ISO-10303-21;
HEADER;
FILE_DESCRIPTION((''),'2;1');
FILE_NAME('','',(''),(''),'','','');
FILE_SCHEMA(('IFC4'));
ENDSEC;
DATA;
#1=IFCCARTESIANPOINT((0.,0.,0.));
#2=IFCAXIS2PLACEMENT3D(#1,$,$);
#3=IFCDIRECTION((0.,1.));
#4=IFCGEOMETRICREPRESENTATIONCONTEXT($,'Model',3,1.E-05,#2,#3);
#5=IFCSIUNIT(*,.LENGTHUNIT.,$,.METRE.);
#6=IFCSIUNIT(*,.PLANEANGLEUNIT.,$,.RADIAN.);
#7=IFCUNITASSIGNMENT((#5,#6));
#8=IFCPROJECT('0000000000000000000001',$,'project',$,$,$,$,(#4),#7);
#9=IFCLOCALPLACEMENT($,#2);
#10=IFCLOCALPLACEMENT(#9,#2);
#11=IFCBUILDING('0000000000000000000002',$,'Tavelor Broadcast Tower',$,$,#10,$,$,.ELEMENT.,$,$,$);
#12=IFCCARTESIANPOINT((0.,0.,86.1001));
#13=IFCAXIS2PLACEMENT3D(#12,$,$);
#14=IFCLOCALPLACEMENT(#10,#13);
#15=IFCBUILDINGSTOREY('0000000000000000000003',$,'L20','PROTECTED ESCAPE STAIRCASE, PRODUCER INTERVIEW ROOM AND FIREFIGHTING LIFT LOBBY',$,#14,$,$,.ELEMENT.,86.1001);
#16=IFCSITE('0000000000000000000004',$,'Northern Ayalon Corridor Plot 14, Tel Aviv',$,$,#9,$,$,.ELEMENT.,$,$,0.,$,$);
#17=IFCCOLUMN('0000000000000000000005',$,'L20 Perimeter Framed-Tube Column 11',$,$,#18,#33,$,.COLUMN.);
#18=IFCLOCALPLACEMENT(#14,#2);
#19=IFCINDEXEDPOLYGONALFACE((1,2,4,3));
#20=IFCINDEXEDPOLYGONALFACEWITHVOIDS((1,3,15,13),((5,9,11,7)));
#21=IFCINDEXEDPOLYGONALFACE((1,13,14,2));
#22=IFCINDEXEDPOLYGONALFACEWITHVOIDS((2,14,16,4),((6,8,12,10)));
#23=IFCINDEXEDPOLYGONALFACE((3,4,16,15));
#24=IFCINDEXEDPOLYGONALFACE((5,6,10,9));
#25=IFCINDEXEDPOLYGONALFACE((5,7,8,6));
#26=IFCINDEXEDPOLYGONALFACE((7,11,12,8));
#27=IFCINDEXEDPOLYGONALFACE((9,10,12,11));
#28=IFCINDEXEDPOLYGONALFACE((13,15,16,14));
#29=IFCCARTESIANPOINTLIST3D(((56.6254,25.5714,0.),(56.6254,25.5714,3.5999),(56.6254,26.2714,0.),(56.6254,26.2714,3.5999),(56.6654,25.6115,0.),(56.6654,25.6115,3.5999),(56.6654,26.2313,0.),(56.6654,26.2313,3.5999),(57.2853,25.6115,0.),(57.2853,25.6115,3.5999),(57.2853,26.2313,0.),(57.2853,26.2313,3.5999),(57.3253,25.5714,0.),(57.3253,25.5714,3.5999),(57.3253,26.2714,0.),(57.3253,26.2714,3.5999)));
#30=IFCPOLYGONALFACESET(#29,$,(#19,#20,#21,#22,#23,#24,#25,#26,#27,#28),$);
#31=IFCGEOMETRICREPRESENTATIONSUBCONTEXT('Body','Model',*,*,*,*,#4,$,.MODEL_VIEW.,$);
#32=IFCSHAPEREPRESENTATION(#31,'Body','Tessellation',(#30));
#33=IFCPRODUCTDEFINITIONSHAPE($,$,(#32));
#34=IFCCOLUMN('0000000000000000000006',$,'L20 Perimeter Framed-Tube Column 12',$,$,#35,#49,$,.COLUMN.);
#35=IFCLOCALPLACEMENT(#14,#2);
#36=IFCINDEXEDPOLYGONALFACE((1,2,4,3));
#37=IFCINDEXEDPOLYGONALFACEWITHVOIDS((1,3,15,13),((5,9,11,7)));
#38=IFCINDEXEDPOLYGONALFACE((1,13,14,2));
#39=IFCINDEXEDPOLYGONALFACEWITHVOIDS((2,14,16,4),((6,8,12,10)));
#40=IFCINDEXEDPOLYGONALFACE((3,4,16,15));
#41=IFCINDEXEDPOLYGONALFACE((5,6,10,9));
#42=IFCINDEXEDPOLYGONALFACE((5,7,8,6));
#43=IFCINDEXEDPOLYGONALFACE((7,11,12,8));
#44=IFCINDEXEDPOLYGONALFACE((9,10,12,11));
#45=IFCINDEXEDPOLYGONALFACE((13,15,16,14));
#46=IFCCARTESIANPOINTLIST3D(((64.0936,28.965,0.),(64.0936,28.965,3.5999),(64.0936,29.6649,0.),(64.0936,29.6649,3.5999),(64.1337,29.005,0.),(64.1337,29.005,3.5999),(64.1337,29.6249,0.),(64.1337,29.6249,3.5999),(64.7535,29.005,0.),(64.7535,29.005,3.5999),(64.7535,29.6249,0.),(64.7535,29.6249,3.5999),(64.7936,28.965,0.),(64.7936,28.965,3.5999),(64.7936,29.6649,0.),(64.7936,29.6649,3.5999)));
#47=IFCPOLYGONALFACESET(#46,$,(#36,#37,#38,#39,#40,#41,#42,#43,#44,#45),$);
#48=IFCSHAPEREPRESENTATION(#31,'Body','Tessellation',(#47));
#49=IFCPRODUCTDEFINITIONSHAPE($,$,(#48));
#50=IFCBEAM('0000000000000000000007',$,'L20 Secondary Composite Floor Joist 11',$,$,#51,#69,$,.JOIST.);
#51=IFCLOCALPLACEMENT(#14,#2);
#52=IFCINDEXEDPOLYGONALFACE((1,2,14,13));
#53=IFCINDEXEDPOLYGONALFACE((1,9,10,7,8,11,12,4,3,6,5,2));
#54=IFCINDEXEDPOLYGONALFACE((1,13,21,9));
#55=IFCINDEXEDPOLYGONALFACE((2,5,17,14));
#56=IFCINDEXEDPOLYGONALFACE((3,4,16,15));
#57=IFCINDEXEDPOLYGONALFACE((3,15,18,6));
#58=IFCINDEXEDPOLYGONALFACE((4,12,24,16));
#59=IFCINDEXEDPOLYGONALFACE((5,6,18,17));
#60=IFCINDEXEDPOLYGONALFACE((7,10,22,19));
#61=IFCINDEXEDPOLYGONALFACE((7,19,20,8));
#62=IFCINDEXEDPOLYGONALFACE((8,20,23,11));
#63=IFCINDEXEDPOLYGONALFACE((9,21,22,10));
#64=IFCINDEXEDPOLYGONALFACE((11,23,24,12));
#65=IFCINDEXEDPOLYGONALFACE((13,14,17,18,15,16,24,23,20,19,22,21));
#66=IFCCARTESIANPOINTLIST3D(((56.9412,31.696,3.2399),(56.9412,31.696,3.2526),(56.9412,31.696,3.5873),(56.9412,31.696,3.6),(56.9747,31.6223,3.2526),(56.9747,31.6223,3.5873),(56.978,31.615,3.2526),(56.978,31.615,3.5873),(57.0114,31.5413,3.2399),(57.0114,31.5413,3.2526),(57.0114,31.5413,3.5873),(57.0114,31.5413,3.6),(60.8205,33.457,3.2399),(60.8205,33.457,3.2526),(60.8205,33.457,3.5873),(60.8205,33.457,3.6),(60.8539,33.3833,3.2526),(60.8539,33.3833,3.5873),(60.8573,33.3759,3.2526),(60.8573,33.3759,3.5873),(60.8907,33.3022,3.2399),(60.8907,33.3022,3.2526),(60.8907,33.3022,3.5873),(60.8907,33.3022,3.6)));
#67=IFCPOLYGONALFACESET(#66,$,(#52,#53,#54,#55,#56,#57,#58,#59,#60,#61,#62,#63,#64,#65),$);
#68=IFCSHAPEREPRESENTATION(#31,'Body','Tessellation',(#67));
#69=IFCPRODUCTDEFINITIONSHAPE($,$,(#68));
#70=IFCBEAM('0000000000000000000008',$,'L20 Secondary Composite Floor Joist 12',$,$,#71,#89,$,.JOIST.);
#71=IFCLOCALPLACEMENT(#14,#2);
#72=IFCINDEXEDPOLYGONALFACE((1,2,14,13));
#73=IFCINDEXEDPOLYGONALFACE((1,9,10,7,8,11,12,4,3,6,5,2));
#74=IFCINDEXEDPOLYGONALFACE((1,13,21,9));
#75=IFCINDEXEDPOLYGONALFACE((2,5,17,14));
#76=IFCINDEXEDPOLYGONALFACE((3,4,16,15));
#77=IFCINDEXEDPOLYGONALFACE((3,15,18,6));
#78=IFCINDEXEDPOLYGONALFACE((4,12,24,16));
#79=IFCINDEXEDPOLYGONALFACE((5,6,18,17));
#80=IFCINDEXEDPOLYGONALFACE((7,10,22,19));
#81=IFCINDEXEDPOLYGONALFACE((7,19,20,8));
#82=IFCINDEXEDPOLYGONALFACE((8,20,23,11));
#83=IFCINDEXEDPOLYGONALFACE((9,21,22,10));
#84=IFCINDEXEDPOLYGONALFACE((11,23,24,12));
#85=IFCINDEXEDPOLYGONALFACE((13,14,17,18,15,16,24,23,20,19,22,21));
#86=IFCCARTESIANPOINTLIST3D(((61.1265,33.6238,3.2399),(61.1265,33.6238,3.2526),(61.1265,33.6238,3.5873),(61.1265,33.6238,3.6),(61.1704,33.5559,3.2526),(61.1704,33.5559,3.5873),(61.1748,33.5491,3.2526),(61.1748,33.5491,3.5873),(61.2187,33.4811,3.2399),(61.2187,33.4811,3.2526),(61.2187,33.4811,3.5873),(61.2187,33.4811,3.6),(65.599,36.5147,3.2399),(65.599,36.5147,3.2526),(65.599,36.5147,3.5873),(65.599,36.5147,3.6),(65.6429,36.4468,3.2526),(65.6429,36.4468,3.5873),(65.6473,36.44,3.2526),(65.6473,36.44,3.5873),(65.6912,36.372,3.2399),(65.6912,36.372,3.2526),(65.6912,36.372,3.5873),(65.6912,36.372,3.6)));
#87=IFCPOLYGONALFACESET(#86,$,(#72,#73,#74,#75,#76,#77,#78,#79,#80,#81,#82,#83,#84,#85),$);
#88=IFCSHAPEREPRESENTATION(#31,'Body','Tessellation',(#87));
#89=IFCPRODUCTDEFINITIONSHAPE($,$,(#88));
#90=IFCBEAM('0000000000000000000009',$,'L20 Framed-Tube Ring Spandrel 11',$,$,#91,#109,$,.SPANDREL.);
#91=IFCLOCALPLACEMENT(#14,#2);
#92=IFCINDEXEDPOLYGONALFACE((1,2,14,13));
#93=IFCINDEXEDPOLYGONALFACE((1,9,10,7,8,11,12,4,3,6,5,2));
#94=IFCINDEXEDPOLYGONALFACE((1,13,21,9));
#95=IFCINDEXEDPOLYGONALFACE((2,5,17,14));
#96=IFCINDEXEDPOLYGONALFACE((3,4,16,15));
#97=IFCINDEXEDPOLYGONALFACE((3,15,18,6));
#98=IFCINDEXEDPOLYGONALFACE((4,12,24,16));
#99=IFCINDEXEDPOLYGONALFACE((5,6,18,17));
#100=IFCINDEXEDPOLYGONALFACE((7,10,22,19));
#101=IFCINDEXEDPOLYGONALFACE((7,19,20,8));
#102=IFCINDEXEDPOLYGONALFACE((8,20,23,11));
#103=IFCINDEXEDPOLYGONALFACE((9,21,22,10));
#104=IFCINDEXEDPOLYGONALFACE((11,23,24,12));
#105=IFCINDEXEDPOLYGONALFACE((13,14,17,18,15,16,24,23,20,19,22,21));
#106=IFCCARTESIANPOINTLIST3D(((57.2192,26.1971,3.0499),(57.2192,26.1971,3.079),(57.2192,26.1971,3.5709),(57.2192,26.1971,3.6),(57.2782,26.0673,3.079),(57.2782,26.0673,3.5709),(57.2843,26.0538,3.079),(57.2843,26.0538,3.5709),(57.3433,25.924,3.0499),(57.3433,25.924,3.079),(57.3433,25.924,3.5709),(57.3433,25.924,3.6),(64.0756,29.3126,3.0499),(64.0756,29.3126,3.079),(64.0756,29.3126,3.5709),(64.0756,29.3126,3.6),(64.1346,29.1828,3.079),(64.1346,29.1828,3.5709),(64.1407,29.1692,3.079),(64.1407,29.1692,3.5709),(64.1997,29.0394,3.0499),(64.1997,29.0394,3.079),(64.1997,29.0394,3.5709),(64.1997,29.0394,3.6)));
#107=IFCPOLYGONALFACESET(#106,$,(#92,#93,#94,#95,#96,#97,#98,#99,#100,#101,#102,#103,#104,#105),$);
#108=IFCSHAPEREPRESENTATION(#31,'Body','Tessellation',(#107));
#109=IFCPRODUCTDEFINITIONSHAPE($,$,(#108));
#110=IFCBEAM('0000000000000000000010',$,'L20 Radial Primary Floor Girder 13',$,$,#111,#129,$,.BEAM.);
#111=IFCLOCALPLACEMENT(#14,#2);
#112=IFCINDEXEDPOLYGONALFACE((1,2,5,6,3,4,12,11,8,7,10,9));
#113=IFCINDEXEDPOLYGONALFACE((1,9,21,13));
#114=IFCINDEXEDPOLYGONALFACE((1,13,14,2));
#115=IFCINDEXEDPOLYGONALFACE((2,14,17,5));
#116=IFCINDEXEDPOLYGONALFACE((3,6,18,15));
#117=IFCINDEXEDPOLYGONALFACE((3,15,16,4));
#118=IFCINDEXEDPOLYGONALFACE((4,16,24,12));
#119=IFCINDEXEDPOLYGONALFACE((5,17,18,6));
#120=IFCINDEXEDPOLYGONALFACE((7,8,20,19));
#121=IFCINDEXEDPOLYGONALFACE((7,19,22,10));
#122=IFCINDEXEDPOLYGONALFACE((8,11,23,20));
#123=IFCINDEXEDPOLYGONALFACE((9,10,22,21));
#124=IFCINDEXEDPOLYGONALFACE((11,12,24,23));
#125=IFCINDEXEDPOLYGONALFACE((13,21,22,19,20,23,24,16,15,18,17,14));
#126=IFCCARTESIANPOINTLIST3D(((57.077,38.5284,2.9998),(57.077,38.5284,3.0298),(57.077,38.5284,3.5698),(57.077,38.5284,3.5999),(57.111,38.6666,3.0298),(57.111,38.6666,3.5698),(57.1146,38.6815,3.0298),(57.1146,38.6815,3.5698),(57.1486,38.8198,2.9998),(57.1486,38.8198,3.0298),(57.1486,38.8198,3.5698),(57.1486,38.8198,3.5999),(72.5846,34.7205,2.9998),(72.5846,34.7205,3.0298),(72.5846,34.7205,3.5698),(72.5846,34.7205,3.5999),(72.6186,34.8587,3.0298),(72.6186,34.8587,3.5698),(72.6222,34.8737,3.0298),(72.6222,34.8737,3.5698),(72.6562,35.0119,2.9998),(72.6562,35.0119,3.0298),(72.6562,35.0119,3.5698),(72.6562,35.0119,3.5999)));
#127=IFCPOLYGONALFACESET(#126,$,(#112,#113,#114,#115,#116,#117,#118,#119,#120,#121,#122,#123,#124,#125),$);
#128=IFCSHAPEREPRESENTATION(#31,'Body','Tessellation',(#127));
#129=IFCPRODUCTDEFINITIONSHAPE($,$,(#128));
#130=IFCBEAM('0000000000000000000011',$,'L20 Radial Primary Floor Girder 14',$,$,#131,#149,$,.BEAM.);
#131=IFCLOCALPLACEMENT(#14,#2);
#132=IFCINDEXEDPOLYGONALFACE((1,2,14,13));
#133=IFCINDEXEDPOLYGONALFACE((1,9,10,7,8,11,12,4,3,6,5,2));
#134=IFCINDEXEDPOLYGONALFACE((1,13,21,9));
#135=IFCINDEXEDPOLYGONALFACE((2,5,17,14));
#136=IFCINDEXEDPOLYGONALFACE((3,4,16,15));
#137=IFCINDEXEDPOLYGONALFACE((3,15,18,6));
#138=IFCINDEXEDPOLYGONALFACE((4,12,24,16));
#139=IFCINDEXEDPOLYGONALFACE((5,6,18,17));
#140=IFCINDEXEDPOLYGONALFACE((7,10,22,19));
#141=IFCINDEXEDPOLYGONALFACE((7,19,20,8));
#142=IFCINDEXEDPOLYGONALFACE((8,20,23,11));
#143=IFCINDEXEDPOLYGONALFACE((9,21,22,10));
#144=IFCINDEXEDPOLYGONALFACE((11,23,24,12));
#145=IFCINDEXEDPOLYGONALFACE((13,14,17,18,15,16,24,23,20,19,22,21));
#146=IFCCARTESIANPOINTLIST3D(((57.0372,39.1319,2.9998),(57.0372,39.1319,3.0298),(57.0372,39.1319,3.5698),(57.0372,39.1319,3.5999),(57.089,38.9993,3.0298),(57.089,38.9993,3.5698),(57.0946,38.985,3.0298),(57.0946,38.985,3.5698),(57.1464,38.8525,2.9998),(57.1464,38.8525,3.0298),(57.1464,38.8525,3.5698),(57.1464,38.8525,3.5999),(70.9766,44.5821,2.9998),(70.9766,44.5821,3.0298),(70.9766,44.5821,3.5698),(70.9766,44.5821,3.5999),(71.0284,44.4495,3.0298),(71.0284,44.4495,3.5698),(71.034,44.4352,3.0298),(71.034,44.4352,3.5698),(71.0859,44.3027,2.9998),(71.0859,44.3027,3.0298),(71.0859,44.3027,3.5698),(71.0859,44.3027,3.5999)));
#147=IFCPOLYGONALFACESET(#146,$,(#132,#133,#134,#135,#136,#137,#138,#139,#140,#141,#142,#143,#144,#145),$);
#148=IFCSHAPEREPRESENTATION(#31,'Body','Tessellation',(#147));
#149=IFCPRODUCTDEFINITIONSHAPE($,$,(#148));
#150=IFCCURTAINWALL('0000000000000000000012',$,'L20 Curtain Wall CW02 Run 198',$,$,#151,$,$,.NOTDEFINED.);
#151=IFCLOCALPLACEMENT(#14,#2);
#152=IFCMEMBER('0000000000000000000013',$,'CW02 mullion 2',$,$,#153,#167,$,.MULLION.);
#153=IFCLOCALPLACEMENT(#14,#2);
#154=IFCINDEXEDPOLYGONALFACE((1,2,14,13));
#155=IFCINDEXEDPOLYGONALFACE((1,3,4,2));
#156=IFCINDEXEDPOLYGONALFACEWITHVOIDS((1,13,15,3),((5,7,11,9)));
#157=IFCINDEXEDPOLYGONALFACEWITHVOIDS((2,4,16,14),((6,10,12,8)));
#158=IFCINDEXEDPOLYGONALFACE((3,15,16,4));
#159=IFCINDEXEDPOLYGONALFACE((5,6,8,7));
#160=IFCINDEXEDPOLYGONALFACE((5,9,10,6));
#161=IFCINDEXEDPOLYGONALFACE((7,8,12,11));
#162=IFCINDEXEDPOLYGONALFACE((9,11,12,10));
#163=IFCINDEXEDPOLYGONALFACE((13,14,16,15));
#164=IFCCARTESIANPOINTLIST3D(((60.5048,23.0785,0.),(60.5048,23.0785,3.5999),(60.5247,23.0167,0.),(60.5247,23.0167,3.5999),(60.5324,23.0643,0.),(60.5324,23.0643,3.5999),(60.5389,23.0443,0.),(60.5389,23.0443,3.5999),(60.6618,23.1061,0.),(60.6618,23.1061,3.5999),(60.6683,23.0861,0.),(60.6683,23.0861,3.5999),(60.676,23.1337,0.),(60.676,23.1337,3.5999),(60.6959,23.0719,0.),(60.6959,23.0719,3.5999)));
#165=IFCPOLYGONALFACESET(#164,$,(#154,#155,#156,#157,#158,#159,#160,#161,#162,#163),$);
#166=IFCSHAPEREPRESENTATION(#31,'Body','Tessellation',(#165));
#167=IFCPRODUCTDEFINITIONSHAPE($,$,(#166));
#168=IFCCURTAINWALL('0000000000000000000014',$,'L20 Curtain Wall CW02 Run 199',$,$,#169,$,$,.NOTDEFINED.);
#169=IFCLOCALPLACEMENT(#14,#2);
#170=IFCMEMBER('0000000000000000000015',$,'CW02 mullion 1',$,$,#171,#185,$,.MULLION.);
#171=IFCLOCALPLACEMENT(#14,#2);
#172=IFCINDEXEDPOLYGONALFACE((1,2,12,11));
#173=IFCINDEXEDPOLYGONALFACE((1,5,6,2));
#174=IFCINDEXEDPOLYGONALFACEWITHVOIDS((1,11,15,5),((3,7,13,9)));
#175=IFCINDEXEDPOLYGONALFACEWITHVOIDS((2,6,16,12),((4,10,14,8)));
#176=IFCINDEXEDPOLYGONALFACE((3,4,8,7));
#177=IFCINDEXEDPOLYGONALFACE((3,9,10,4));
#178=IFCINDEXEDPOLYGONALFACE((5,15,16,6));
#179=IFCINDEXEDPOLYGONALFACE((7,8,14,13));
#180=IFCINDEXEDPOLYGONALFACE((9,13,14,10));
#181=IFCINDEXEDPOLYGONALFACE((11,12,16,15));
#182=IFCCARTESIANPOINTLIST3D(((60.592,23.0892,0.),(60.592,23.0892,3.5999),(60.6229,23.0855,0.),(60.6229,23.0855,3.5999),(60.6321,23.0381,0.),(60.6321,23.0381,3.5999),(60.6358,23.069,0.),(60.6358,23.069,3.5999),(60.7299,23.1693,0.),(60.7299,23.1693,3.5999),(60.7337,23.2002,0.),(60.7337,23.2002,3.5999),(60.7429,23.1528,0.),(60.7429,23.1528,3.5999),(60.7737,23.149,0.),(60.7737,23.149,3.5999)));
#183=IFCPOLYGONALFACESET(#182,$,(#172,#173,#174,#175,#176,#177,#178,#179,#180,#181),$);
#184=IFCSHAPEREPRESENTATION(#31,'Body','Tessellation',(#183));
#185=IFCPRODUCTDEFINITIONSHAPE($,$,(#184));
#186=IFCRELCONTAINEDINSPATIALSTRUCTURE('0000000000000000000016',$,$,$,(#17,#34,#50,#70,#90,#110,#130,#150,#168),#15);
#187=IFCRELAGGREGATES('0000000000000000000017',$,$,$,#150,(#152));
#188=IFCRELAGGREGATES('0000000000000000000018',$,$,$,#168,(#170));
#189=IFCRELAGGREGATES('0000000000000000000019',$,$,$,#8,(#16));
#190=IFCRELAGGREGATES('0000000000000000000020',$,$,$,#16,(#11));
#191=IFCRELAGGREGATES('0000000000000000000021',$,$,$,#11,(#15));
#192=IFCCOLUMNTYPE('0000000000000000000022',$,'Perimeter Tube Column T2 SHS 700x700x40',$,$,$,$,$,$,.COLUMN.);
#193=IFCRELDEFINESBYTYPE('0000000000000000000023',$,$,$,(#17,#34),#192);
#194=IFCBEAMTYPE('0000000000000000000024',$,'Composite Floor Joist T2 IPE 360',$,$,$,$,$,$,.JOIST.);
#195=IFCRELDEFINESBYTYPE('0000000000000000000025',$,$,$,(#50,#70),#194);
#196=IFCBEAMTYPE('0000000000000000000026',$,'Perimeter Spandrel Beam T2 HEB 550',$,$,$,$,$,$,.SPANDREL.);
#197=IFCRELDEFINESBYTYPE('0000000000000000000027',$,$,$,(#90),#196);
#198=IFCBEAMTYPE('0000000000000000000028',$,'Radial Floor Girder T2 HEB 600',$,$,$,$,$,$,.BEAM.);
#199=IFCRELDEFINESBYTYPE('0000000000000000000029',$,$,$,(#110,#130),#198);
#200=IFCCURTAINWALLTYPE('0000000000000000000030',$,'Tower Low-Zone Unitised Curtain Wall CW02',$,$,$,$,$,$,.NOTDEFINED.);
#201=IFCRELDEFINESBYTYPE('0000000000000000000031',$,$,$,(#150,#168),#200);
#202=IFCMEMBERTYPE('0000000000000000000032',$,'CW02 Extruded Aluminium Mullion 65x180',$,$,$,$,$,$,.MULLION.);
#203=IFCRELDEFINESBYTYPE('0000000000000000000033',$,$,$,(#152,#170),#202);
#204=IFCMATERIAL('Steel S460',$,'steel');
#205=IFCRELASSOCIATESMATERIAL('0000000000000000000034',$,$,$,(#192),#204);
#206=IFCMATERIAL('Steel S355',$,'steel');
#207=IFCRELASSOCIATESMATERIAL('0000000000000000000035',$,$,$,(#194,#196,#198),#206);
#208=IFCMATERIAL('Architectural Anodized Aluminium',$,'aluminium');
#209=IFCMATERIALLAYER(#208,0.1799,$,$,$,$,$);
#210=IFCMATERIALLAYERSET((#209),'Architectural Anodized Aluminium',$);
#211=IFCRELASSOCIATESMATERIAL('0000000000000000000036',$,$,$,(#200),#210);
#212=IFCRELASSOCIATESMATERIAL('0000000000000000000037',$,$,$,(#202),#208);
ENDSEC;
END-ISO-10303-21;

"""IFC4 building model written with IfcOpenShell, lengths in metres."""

from ifc_helpers import new_model, si_unit, direction, frame, origin, origin_2d, place, context, subcontext, project, spatial, hollow_rectangle, i_section, extrude, source, transform, mapped, material, layer, layer_set, material_profile, profile_set, type_object, type_shapes, element, aggregate, save


model = new_model("IFC4")

# Units and contexts
model_context = context("Model", 3, precision=1e-05, world=origin(), true_north=direction((0.0, 1.0)))
body_context = subcontext(model_context, "Body", "Model", "MODEL_VIEW")
ifc_project = project(units=[si_unit("LENGTHUNIT", "METRE"), si_unit("PLANEANGLEUNIT", "RADIAN")], contexts=[model_context])

# Site, building, storey
site_placement = place(None, origin())
site = spatial("IfcSite", under=ifc_project, at=site_placement, Name="Northern Ayalon Corridor Plot 14, Tel Aviv", CompositionType="ELEMENT", RefElevation=0.0)
building_placement = place(site_placement, origin())
building = spatial("IfcBuilding", under=site, at=building_placement, Name="Tavelor Broadcast Tower", CompositionType="ELEMENT")
storey_placement = place(building_placement, frame((0.0, 0.0, 86.1001)))
storey = spatial("IfcBuildingStorey", under=building, at=storey_placement, Name="L20", Description="PROTECTED ESCAPE STAIRCASE, PRODUCER INTERVIEW ROOM AND FIREFIGHTING LIFT LOBBY", CompositionType="ELEMENT", Elevation=86.1001)

# Columns
ifc_material_1 = material(Name="Steel S460", Category="steel")
ifc_material_profile_1 = material_profile(ifc_material_1, hollow_rectangle(XDim=0.7, YDim=0.7, WallThickness=0.04, at=origin_2d()), Name="SHS 700x700x40")
ifc_profile_set_1 = profile_set([ifc_material_profile_1], Name="Steel S460")
column_type = type_object("IfcColumnType", Name="Perimeter Tube Column T2 SHS 700x700x40", PredefinedType="COLUMN", material=ifc_profile_set_1)
for number, where, z_axis, x_axis, name in (
    (1, (56.9753, 25.9214, 0.0), (0.0, 0.0, 1.0), (1.0, 0.0, 0.0), "L20 Perimeter Framed-Tube Column 11"),
    (2, (64.4436, 29.3149, 0.0), (0.0, 0.0, 1.0), (1.0, 0.0, 0.0), "L20 Perimeter Framed-Tube Column 12"),
):
    element("IfcColumn", number, at=place(storey_placement, frame(where, z_axis=z_axis, x_axis=x_axis)), inside=storey, type_object=column_type, Name=name, PredefinedType="COLUMN", context=body_context, shape_type="SweptSolid", body=[
        extrude(hollow_rectangle(XDim=0.7, YDim=0.7, WallThickness=0.04, at=origin_2d()), origin(), (0.0, 0.0, 1.0), 3.5999),
    ])

# Beams
ifc_material_2 = material(Name="Steel S355", Category="steel")
ifc_material_profile_2 = material_profile(ifc_material_2, i_section(OverallWidth=0.1699, OverallDepth=0.3601, WebThickness=0.0081, FlangeThickness=0.0127, at=origin_2d()), Name="IPE 360")
ifc_profile_set_2 = profile_set([ifc_material_profile_2], Name="Steel S355")
beam_type_1 = type_object("IfcBeamType", Name="Composite Floor Joist T2 IPE 360", PredefinedType="JOIST", material=ifc_profile_set_2)
beam_1_placement = place(storey_placement, frame((56.9763, 31.6187, 3.4199), z_axis=(0.910576, 0.413341, 0.0), x_axis=(-0.413341, 0.910576, 0.0)))
element("IfcBeam", 3, at=beam_1_placement, inside=storey, type_object=beam_type_1, Name="L20 Secondary Composite Floor Joist 11", PredefinedType="JOIST", context=body_context, shape_type="SweptSolid", body=[
    extrude(i_section(OverallWidth=0.1699, OverallDepth=0.3601, WebThickness=0.0081, FlangeThickness=0.0127, at=origin_2d()), origin(), (0.0, 0.0, 1.0), 4.2603),
])
beam_2_placement = place(storey_placement, frame((61.1726, 33.5525, 3.4199), z_axis=(0.839831, 0.542848, 0.0), x_axis=(-0.542848, 0.839831, 0.0)))
element("IfcBeam", 4, at=beam_2_placement, inside=storey, type_object=beam_type_1, Name="L20 Secondary Composite Floor Joist 12", PredefinedType="JOIST", context=body_context, shape_type="SweptSolid", body=[
    extrude(i_section(OverallWidth=0.1699, OverallDepth=0.3601, WebThickness=0.0081, FlangeThickness=0.0127, at=origin_2d()), origin(), (0.0, 0.0, 1.0), 5.3254),
])
ifc_material_profile_3 = material_profile(ifc_material_2, i_section(OverallWidth=0.3, OverallDepth=0.55, WebThickness=0.0149, FlangeThickness=0.0291, at=origin_2d()), Name="HEB 550")
ifc_profile_set_3 = profile_set([ifc_material_profile_3], Name="Steel S355")
beam_type_2 = type_object("IfcBeamType", Name="Perimeter Spandrel Beam T2 HEB 550", PredefinedType="SPANDREL", material=ifc_profile_set_3)
beam_3_placement = place(storey_placement, frame((57.2812, 26.0605, 3.325), z_axis=(0.910421, 0.413683, 0.0), x_axis=(-0.413683, 0.910421, 0.0)))
element("IfcBeam", 5, at=beam_3_placement, inside=storey, type_object=beam_type_2, Name="L20 Framed-Tube Ring Spandrel 11", PredefinedType="SPANDREL", context=body_context, shape_type="SweptSolid", body=[
    extrude(i_section(OverallWidth=0.3, OverallDepth=0.55, WebThickness=0.0149, FlangeThickness=0.0291, at=origin_2d()), origin(), (0.0, 0.0, 1.0), 7.531),
])
ifc_material_profile_4 = material_profile(ifc_material_2, i_section(OverallWidth=0.3, OverallDepth=0.6001, WebThickness=0.0154, FlangeThickness=0.03, at=origin_2d()), Name="HEB 600")
ifc_profile_set_4 = profile_set([ifc_material_profile_4], Name="Steel S355")
beam_type_3 = type_object("IfcBeamType", Name="Radial Floor Girder T2 HEB 600", PredefinedType="BEAM", material=ifc_profile_set_4)
beam_4_placement = place(storey_placement, frame((57.1128, 38.6741, 3.2998), z_axis=(0.971151, -0.238465, 0.0), x_axis=(0.238465, 0.971151, 0.0)))
element("IfcBeam", 6, at=beam_4_placement, inside=storey, type_object=beam_type_3, Name="L20 Radial Primary Floor Girder 13", PredefinedType="BEAM", context=body_context, shape_type="SweptSolid", body=[
    extrude(i_section(OverallWidth=0.3, OverallDepth=0.6001, WebThickness=0.0154, FlangeThickness=0.03, at=origin_2d()), origin(), (0.0, 0.0, 1.0), 15.9683),
])
beam_5_placement = place(storey_placement, frame((57.0918, 38.9922, 3.2998), z_axis=(0.931342, 0.364146, 0.0), x_axis=(-0.364146, 0.931342, 0.0)))
element("IfcBeam", 7, at=beam_5_placement, inside=storey, type_object=beam_type_3, Name="L20 Radial Primary Floor Girder 14", PredefinedType="BEAM", context=body_context, shape_type="SweptSolid", body=[
    extrude(i_section(OverallWidth=0.3, OverallDepth=0.6001, WebThickness=0.0154, FlangeThickness=0.03, at=origin_2d()), origin(), (0.0, 0.0, 1.0), 14.967),
])

# Curtain wall, member
ifc_material_3 = material(Name="Architectural Anodized Aluminium", Category="aluminium")
ifc_layer_1 = layer(ifc_material_3, 0.1799)
ifc_layer_set_1 = layer_set([ifc_layer_1], Name="Architectural Anodized Aluminium")
curtain_wall_type = type_object("IfcCurtainWallType", Name="Tower Low-Zone Unitised Curtain Wall CW02", PredefinedType="NOTDEFINED", material=ifc_layer_set_1)
curtain_wall_1_placement = place(storey_placement, origin())
curtain_wall_1 = element("IfcCurtainWall", 8, at=curtain_wall_1_placement, inside=storey, type_object=curtain_wall_type, Name="L20 Curtain Wall CW02 Run 198", PredefinedType="NOTDEFINED")
ifc_material_profile_5 = material_profile(ifc_material_3, hollow_rectangle(XDim=0.0649, YDim=0.1799, WallThickness=0.022, at=origin_2d()), Name="RHS 65x180x22")
ifc_profile_set_5 = profile_set([ifc_material_profile_5], Name="Architectural Anodized Aluminium")
member_type_1 = type_object("IfcMemberType", Name="CW02 Extruded Aluminium Mullion 65x180", PredefinedType="MULLION", material=ifc_profile_set_5)
shared_shape_1 = source(origin(), body_context, "Body", "SweptSolid", [
    extrude(hollow_rectangle(XDim=0.0649, YDim=0.1799, WallThickness=0.022, at=origin_2d()), origin(), (0.0, 0.0, 1.0), 3.5999),
])
type_shapes(member_type_1, [shared_shape_1])
member_1_placement = place(storey_placement, frame((60.6003, 23.0752, 0.0), z_axis=(0.0, 0.0, 1.0), x_axis=(-0.306944, 0.951728, 0.0)))
member_1 = element("IfcMember", 9, at=member_1_placement, type_object=member_type_1, Name="CW02 mullion 2", PredefinedType="MULLION", context=body_context, shape_type="MappedRepresentation", body=[
    mapped(shared_shape_1, transform((0.0, 0.0, 0.0), scale=1.0)),
])
aggregate(curtain_wall_1, [member_1])

# Curtain wall, member
curtain_wall_2_placement = place(storey_placement, origin())
curtain_wall_2 = element("IfcCurtainWall", 10, at=curtain_wall_2_placement, inside=storey, type_object=curtain_wall_type, Name="L20 Curtain Wall CW02 Run 199", PredefinedType="NOTDEFINED")
member_2_placement = place(storey_placement, frame((60.6829, 23.1191, 0.0), z_axis=(0.0, 0.0, 1.0), x_axis=(-0.616577, 0.787295, 0.0)))
member_2 = element("IfcMember", 11, at=member_2_placement, type_object=member_type_1, Name="CW02 mullion 1", PredefinedType="MULLION", context=body_context, shape_type="MappedRepresentation", body=[
    mapped(shared_shape_1, transform((0.0, 0.0, 0.0), scale=1.0)),
])

aggregate(curtain_wall_2, [member_2])

save(model, "model.ifc")
